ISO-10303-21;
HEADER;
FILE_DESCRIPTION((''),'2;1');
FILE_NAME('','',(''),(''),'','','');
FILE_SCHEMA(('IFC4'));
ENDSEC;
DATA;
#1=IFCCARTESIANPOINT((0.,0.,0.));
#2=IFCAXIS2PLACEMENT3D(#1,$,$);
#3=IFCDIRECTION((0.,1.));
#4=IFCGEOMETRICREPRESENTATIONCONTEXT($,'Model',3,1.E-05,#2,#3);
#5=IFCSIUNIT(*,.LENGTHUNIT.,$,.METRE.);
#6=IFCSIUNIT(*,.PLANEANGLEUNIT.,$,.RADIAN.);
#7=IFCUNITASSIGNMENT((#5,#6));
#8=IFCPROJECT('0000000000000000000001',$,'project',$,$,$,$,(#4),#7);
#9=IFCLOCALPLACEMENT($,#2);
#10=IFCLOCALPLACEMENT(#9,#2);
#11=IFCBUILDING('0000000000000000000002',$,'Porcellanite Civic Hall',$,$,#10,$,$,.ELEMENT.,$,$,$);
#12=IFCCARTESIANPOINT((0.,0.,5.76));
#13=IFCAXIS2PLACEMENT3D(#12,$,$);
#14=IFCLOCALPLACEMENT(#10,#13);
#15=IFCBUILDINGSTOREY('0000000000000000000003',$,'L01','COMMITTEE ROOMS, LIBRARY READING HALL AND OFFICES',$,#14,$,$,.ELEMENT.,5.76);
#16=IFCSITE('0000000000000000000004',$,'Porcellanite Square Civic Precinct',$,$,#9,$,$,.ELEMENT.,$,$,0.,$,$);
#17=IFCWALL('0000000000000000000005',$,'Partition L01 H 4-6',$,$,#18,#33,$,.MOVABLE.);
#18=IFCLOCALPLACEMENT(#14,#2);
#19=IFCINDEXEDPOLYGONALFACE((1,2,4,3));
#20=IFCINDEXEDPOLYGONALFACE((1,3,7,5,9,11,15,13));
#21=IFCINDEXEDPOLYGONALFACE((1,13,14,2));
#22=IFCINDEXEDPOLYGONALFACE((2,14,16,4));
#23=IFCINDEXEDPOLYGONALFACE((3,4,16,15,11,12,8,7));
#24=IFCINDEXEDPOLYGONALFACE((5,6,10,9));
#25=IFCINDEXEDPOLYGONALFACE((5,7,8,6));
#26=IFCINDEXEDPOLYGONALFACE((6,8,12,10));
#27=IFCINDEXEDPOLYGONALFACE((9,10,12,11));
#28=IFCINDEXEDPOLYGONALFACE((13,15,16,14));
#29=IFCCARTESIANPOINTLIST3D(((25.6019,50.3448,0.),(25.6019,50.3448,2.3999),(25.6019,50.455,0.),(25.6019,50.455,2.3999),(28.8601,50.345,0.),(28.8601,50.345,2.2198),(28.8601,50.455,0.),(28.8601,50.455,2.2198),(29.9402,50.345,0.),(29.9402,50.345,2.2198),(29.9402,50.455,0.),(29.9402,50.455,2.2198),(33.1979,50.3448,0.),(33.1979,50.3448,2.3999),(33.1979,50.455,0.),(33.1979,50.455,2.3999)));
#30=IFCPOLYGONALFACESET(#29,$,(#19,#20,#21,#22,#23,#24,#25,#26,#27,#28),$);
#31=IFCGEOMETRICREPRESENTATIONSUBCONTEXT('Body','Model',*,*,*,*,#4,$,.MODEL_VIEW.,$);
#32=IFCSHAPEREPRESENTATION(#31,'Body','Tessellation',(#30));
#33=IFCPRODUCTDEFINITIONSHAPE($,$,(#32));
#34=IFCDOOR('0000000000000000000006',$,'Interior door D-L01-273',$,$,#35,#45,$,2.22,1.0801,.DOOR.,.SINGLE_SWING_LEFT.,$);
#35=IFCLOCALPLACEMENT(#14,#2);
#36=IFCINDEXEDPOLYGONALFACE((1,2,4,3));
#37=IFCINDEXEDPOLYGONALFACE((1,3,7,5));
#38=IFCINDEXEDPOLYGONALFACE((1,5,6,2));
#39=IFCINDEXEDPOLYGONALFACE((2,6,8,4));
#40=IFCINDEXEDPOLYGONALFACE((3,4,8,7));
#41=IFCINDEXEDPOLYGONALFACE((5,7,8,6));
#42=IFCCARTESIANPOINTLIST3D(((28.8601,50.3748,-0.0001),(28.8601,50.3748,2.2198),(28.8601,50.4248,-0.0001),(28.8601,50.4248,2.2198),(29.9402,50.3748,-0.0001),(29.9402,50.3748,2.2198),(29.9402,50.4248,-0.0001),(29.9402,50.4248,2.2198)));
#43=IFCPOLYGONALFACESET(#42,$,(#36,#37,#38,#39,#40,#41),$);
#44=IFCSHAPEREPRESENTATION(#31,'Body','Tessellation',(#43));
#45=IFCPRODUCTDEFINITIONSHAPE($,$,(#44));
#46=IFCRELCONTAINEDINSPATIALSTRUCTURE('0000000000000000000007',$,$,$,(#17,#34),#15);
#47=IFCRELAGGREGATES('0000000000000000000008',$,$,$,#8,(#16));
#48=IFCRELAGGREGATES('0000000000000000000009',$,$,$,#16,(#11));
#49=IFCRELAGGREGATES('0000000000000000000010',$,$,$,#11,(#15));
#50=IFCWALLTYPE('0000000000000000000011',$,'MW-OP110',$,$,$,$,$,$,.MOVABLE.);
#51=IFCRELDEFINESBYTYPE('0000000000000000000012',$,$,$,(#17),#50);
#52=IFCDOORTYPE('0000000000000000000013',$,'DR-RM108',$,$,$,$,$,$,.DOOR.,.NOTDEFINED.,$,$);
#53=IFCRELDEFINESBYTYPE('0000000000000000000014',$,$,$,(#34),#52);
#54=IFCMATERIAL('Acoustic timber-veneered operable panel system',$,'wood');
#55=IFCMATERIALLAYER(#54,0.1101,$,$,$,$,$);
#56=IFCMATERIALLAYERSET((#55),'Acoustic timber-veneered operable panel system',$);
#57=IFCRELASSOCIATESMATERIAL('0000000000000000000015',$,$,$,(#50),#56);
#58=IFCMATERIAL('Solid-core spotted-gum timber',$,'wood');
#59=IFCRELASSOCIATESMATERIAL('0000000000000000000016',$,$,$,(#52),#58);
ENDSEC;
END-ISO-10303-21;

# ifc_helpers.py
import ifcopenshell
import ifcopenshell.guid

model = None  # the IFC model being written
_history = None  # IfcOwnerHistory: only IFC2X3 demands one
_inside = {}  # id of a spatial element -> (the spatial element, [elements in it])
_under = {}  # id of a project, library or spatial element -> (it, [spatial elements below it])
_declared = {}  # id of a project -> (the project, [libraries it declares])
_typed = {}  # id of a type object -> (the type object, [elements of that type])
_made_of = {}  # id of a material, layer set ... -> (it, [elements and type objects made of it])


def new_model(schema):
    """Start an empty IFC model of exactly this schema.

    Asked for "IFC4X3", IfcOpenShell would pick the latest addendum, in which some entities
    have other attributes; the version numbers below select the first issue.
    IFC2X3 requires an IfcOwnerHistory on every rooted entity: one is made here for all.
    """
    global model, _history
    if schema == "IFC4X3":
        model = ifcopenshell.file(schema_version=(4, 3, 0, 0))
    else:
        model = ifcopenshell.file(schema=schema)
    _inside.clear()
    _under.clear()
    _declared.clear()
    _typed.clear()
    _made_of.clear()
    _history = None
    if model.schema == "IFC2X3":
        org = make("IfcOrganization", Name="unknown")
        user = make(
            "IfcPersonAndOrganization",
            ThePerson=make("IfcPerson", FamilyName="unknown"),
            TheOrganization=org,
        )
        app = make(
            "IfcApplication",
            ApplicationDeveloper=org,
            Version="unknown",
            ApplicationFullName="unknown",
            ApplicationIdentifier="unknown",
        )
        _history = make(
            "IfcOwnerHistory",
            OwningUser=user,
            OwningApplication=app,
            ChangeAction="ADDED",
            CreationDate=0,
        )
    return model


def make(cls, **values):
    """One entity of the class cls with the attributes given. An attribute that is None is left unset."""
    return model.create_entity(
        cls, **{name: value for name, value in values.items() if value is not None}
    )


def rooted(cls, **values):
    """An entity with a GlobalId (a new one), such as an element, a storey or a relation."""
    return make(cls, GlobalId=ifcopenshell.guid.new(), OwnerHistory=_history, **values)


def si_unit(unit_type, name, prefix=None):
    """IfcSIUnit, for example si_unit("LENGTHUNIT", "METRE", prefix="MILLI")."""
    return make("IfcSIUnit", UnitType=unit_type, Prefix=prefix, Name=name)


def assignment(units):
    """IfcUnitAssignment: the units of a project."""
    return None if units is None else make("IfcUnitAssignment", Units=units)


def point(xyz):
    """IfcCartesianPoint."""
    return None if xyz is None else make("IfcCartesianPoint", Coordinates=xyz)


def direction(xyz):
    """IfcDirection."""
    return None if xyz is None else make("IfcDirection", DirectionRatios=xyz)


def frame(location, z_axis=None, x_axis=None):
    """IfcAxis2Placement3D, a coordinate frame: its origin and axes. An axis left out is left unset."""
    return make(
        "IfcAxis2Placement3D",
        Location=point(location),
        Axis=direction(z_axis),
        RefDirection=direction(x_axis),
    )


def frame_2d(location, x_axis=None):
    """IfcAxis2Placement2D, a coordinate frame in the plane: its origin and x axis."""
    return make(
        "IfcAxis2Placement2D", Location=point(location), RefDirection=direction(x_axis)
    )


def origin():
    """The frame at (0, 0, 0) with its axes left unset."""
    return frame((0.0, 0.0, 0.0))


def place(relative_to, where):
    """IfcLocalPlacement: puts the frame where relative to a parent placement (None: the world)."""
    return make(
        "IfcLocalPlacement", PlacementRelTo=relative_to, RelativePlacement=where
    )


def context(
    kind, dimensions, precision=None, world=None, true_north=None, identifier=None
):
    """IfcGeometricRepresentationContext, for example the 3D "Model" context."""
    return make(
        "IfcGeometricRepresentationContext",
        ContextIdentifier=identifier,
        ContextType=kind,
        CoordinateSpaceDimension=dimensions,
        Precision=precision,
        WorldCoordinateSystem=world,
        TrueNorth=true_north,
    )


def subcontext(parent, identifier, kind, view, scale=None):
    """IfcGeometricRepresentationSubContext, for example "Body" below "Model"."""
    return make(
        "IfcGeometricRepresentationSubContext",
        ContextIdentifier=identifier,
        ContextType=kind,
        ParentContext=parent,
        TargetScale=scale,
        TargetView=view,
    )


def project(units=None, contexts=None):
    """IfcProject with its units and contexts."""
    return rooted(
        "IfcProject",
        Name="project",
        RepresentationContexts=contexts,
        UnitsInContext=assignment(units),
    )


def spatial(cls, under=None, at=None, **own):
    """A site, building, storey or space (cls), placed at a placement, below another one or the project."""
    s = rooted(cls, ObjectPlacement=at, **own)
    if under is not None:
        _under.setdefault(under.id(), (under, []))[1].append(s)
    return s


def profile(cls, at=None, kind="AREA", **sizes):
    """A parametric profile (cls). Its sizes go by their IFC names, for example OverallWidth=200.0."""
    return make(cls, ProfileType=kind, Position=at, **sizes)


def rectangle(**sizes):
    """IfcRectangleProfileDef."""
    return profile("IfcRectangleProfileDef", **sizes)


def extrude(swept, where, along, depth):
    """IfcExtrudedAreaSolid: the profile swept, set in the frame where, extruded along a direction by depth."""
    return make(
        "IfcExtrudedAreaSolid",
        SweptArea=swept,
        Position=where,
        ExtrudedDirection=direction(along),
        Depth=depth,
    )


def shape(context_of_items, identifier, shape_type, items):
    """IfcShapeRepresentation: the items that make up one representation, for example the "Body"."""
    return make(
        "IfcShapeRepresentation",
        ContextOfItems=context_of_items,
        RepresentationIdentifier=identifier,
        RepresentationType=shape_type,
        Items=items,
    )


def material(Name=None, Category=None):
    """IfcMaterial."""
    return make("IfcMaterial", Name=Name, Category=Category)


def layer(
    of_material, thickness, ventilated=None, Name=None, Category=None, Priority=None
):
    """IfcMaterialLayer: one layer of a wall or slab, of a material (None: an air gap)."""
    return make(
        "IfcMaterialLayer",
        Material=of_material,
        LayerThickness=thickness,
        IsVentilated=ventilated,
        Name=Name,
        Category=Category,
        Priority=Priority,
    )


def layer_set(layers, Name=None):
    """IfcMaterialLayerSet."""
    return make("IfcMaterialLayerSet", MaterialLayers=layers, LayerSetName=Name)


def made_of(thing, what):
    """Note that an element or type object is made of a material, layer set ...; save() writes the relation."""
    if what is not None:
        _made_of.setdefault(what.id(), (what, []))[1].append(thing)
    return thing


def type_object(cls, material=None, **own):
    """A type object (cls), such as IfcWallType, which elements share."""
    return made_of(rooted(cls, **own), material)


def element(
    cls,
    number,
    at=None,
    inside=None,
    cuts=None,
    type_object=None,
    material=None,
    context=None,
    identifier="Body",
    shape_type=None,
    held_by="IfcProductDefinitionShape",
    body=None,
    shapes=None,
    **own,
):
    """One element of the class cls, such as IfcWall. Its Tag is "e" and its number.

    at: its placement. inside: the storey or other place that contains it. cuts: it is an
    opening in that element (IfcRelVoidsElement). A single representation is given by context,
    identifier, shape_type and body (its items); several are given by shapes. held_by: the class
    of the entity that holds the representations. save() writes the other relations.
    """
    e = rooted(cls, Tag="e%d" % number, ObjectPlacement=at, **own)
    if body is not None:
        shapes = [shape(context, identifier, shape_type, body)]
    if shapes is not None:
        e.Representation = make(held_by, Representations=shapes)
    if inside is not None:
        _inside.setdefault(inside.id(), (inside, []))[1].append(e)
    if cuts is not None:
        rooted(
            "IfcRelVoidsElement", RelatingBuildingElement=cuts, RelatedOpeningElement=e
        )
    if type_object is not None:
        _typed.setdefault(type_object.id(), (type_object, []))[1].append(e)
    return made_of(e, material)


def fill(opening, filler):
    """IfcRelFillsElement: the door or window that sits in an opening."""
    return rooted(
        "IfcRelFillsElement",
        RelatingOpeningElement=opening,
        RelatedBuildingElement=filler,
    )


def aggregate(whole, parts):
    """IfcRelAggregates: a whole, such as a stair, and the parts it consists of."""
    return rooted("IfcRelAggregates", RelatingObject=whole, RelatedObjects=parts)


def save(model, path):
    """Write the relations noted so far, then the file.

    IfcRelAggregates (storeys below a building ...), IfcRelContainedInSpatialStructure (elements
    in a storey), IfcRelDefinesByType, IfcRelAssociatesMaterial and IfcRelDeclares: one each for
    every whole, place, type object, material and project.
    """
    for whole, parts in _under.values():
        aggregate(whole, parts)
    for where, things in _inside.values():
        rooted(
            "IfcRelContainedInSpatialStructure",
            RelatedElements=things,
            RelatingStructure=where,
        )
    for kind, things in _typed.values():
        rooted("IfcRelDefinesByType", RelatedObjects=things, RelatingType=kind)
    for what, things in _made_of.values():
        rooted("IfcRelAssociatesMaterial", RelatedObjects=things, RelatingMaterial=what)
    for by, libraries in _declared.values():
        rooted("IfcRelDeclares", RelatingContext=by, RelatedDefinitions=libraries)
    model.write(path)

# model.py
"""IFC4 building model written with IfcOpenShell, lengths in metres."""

from ifc_helpers import new_model, si_unit, direction, frame, frame_2d, origin, place, context, subcontext, project, spatial, rectangle, extrude, material, layer, layer_set, type_object, element, fill, save


model = new_model("IFC4")

# Units and contexts
model_context = context("Model", 3, precision=1e-05, world=origin(), true_north=direction((0.0, 1.0)))
body_context = subcontext(model_context, "Body", "Model", "MODEL_VIEW")
ifc_project = project(units=[si_unit("LENGTHUNIT", "METRE"), si_unit("PLANEANGLEUNIT", "RADIAN")], contexts=[model_context])

# Site, building, storey
site_placement = place(None, origin())
site = spatial("IfcSite", under=ifc_project, at=site_placement, Name="Porcellanite Square Civic Precinct", CompositionType="ELEMENT", RefElevation=0.0)
building_placement = place(site_placement, origin())
building = spatial("IfcBuilding", under=site, at=building_placement, Name="Porcellanite Civic Hall", CompositionType="ELEMENT")
storey_placement = place(building_placement, frame((0.0, 0.0, 5.76)))
storey = spatial("IfcBuildingStorey", under=building, at=storey_placement, Name="L01", Description="COMMITTEE ROOMS, LIBRARY READING HALL AND OFFICES", CompositionType="ELEMENT", Elevation=5.76)

# Wall, opening, door
ifc_material_1 = material(Name="Acoustic timber-veneered operable panel system", Category="wood")
ifc_layer_1 = layer(ifc_material_1, 0.1101)
ifc_layer_set_1 = layer_set([ifc_layer_1], Name="Acoustic timber-veneered operable panel system")
wall_type_1 = type_object("IfcWallType", Name="MW-OP110", PredefinedType="MOVABLE", material=ifc_layer_set_1)
wall_1_placement = place(storey_placement, frame((25.6021, 50.3999, 0.0), z_axis=(0.0, 0.0, 1.0), x_axis=(1.0, 0.0, 0.0)))
wall_1 = element("IfcWall", 1, at=wall_1_placement, inside=storey, type_object=wall_type_1, Name="Partition L01 H 4-6", PredefinedType="MOVABLE", context=body_context, shape_type="SweptSolid", body=[
    extrude(rectangle(XDim=7.5959, YDim=0.1101, at=frame_2d((3.7979, 0.0))), origin(), (0.0, 0.0, 1.0), 2.3999),
])
opening_1_placement = place(wall_1_placement, frame((3.2581, 0.0, 0.0)))
opening_1 = element("IfcOpeningElement", 2, at=opening_1_placement, cuts=wall_1, PredefinedType="OPENING", context=body_context, shape_type="SweptSolid", body=[
    extrude(rectangle(XDim=1.0801, YDim=2.22, at=frame_2d((0.54, 1.1099))), frame((0.0, 0.0552, 0.0), z_axis=(0.0, -1.0, 0.0), x_axis=(1.0, 0.0, 0.0)), (0.0, 0.0, 1.0), 0.1101),
])
ifc_material_2 = material(Name="Solid-core spotted-gum timber", Category="wood")
door_type_1 = type_object("IfcDoorType", Name="DR-RM108", OperationType="NOTDEFINED", PredefinedType="DOOR", material=ifc_material_2)
door_1_placement = place(opening_1_placement, origin())
door_1 = element("IfcDoor", 3, at=door_1_placement, inside=storey, type_object=door_type_1, Name="Interior door D-L01-273", OperationType="SINGLE_SWING_LEFT", OverallHeight=2.22, OverallWidth=1.0801, PredefinedType="DOOR", context=body_context, shape_type="SweptSolid", body=[
    extrude(rectangle(XDim=1.0801, YDim=2.22, at=frame_2d((0.54, 1.1099))), frame((0.0, 0.0249, 0.0), z_axis=(0.0, -1.0, 0.0), x_axis=(1.0, 0.0, 0.0)), (0.0, 0.0, 1.0), 0.05),
])
fill(opening_1, door_1)

save(model, "model.ifc")
